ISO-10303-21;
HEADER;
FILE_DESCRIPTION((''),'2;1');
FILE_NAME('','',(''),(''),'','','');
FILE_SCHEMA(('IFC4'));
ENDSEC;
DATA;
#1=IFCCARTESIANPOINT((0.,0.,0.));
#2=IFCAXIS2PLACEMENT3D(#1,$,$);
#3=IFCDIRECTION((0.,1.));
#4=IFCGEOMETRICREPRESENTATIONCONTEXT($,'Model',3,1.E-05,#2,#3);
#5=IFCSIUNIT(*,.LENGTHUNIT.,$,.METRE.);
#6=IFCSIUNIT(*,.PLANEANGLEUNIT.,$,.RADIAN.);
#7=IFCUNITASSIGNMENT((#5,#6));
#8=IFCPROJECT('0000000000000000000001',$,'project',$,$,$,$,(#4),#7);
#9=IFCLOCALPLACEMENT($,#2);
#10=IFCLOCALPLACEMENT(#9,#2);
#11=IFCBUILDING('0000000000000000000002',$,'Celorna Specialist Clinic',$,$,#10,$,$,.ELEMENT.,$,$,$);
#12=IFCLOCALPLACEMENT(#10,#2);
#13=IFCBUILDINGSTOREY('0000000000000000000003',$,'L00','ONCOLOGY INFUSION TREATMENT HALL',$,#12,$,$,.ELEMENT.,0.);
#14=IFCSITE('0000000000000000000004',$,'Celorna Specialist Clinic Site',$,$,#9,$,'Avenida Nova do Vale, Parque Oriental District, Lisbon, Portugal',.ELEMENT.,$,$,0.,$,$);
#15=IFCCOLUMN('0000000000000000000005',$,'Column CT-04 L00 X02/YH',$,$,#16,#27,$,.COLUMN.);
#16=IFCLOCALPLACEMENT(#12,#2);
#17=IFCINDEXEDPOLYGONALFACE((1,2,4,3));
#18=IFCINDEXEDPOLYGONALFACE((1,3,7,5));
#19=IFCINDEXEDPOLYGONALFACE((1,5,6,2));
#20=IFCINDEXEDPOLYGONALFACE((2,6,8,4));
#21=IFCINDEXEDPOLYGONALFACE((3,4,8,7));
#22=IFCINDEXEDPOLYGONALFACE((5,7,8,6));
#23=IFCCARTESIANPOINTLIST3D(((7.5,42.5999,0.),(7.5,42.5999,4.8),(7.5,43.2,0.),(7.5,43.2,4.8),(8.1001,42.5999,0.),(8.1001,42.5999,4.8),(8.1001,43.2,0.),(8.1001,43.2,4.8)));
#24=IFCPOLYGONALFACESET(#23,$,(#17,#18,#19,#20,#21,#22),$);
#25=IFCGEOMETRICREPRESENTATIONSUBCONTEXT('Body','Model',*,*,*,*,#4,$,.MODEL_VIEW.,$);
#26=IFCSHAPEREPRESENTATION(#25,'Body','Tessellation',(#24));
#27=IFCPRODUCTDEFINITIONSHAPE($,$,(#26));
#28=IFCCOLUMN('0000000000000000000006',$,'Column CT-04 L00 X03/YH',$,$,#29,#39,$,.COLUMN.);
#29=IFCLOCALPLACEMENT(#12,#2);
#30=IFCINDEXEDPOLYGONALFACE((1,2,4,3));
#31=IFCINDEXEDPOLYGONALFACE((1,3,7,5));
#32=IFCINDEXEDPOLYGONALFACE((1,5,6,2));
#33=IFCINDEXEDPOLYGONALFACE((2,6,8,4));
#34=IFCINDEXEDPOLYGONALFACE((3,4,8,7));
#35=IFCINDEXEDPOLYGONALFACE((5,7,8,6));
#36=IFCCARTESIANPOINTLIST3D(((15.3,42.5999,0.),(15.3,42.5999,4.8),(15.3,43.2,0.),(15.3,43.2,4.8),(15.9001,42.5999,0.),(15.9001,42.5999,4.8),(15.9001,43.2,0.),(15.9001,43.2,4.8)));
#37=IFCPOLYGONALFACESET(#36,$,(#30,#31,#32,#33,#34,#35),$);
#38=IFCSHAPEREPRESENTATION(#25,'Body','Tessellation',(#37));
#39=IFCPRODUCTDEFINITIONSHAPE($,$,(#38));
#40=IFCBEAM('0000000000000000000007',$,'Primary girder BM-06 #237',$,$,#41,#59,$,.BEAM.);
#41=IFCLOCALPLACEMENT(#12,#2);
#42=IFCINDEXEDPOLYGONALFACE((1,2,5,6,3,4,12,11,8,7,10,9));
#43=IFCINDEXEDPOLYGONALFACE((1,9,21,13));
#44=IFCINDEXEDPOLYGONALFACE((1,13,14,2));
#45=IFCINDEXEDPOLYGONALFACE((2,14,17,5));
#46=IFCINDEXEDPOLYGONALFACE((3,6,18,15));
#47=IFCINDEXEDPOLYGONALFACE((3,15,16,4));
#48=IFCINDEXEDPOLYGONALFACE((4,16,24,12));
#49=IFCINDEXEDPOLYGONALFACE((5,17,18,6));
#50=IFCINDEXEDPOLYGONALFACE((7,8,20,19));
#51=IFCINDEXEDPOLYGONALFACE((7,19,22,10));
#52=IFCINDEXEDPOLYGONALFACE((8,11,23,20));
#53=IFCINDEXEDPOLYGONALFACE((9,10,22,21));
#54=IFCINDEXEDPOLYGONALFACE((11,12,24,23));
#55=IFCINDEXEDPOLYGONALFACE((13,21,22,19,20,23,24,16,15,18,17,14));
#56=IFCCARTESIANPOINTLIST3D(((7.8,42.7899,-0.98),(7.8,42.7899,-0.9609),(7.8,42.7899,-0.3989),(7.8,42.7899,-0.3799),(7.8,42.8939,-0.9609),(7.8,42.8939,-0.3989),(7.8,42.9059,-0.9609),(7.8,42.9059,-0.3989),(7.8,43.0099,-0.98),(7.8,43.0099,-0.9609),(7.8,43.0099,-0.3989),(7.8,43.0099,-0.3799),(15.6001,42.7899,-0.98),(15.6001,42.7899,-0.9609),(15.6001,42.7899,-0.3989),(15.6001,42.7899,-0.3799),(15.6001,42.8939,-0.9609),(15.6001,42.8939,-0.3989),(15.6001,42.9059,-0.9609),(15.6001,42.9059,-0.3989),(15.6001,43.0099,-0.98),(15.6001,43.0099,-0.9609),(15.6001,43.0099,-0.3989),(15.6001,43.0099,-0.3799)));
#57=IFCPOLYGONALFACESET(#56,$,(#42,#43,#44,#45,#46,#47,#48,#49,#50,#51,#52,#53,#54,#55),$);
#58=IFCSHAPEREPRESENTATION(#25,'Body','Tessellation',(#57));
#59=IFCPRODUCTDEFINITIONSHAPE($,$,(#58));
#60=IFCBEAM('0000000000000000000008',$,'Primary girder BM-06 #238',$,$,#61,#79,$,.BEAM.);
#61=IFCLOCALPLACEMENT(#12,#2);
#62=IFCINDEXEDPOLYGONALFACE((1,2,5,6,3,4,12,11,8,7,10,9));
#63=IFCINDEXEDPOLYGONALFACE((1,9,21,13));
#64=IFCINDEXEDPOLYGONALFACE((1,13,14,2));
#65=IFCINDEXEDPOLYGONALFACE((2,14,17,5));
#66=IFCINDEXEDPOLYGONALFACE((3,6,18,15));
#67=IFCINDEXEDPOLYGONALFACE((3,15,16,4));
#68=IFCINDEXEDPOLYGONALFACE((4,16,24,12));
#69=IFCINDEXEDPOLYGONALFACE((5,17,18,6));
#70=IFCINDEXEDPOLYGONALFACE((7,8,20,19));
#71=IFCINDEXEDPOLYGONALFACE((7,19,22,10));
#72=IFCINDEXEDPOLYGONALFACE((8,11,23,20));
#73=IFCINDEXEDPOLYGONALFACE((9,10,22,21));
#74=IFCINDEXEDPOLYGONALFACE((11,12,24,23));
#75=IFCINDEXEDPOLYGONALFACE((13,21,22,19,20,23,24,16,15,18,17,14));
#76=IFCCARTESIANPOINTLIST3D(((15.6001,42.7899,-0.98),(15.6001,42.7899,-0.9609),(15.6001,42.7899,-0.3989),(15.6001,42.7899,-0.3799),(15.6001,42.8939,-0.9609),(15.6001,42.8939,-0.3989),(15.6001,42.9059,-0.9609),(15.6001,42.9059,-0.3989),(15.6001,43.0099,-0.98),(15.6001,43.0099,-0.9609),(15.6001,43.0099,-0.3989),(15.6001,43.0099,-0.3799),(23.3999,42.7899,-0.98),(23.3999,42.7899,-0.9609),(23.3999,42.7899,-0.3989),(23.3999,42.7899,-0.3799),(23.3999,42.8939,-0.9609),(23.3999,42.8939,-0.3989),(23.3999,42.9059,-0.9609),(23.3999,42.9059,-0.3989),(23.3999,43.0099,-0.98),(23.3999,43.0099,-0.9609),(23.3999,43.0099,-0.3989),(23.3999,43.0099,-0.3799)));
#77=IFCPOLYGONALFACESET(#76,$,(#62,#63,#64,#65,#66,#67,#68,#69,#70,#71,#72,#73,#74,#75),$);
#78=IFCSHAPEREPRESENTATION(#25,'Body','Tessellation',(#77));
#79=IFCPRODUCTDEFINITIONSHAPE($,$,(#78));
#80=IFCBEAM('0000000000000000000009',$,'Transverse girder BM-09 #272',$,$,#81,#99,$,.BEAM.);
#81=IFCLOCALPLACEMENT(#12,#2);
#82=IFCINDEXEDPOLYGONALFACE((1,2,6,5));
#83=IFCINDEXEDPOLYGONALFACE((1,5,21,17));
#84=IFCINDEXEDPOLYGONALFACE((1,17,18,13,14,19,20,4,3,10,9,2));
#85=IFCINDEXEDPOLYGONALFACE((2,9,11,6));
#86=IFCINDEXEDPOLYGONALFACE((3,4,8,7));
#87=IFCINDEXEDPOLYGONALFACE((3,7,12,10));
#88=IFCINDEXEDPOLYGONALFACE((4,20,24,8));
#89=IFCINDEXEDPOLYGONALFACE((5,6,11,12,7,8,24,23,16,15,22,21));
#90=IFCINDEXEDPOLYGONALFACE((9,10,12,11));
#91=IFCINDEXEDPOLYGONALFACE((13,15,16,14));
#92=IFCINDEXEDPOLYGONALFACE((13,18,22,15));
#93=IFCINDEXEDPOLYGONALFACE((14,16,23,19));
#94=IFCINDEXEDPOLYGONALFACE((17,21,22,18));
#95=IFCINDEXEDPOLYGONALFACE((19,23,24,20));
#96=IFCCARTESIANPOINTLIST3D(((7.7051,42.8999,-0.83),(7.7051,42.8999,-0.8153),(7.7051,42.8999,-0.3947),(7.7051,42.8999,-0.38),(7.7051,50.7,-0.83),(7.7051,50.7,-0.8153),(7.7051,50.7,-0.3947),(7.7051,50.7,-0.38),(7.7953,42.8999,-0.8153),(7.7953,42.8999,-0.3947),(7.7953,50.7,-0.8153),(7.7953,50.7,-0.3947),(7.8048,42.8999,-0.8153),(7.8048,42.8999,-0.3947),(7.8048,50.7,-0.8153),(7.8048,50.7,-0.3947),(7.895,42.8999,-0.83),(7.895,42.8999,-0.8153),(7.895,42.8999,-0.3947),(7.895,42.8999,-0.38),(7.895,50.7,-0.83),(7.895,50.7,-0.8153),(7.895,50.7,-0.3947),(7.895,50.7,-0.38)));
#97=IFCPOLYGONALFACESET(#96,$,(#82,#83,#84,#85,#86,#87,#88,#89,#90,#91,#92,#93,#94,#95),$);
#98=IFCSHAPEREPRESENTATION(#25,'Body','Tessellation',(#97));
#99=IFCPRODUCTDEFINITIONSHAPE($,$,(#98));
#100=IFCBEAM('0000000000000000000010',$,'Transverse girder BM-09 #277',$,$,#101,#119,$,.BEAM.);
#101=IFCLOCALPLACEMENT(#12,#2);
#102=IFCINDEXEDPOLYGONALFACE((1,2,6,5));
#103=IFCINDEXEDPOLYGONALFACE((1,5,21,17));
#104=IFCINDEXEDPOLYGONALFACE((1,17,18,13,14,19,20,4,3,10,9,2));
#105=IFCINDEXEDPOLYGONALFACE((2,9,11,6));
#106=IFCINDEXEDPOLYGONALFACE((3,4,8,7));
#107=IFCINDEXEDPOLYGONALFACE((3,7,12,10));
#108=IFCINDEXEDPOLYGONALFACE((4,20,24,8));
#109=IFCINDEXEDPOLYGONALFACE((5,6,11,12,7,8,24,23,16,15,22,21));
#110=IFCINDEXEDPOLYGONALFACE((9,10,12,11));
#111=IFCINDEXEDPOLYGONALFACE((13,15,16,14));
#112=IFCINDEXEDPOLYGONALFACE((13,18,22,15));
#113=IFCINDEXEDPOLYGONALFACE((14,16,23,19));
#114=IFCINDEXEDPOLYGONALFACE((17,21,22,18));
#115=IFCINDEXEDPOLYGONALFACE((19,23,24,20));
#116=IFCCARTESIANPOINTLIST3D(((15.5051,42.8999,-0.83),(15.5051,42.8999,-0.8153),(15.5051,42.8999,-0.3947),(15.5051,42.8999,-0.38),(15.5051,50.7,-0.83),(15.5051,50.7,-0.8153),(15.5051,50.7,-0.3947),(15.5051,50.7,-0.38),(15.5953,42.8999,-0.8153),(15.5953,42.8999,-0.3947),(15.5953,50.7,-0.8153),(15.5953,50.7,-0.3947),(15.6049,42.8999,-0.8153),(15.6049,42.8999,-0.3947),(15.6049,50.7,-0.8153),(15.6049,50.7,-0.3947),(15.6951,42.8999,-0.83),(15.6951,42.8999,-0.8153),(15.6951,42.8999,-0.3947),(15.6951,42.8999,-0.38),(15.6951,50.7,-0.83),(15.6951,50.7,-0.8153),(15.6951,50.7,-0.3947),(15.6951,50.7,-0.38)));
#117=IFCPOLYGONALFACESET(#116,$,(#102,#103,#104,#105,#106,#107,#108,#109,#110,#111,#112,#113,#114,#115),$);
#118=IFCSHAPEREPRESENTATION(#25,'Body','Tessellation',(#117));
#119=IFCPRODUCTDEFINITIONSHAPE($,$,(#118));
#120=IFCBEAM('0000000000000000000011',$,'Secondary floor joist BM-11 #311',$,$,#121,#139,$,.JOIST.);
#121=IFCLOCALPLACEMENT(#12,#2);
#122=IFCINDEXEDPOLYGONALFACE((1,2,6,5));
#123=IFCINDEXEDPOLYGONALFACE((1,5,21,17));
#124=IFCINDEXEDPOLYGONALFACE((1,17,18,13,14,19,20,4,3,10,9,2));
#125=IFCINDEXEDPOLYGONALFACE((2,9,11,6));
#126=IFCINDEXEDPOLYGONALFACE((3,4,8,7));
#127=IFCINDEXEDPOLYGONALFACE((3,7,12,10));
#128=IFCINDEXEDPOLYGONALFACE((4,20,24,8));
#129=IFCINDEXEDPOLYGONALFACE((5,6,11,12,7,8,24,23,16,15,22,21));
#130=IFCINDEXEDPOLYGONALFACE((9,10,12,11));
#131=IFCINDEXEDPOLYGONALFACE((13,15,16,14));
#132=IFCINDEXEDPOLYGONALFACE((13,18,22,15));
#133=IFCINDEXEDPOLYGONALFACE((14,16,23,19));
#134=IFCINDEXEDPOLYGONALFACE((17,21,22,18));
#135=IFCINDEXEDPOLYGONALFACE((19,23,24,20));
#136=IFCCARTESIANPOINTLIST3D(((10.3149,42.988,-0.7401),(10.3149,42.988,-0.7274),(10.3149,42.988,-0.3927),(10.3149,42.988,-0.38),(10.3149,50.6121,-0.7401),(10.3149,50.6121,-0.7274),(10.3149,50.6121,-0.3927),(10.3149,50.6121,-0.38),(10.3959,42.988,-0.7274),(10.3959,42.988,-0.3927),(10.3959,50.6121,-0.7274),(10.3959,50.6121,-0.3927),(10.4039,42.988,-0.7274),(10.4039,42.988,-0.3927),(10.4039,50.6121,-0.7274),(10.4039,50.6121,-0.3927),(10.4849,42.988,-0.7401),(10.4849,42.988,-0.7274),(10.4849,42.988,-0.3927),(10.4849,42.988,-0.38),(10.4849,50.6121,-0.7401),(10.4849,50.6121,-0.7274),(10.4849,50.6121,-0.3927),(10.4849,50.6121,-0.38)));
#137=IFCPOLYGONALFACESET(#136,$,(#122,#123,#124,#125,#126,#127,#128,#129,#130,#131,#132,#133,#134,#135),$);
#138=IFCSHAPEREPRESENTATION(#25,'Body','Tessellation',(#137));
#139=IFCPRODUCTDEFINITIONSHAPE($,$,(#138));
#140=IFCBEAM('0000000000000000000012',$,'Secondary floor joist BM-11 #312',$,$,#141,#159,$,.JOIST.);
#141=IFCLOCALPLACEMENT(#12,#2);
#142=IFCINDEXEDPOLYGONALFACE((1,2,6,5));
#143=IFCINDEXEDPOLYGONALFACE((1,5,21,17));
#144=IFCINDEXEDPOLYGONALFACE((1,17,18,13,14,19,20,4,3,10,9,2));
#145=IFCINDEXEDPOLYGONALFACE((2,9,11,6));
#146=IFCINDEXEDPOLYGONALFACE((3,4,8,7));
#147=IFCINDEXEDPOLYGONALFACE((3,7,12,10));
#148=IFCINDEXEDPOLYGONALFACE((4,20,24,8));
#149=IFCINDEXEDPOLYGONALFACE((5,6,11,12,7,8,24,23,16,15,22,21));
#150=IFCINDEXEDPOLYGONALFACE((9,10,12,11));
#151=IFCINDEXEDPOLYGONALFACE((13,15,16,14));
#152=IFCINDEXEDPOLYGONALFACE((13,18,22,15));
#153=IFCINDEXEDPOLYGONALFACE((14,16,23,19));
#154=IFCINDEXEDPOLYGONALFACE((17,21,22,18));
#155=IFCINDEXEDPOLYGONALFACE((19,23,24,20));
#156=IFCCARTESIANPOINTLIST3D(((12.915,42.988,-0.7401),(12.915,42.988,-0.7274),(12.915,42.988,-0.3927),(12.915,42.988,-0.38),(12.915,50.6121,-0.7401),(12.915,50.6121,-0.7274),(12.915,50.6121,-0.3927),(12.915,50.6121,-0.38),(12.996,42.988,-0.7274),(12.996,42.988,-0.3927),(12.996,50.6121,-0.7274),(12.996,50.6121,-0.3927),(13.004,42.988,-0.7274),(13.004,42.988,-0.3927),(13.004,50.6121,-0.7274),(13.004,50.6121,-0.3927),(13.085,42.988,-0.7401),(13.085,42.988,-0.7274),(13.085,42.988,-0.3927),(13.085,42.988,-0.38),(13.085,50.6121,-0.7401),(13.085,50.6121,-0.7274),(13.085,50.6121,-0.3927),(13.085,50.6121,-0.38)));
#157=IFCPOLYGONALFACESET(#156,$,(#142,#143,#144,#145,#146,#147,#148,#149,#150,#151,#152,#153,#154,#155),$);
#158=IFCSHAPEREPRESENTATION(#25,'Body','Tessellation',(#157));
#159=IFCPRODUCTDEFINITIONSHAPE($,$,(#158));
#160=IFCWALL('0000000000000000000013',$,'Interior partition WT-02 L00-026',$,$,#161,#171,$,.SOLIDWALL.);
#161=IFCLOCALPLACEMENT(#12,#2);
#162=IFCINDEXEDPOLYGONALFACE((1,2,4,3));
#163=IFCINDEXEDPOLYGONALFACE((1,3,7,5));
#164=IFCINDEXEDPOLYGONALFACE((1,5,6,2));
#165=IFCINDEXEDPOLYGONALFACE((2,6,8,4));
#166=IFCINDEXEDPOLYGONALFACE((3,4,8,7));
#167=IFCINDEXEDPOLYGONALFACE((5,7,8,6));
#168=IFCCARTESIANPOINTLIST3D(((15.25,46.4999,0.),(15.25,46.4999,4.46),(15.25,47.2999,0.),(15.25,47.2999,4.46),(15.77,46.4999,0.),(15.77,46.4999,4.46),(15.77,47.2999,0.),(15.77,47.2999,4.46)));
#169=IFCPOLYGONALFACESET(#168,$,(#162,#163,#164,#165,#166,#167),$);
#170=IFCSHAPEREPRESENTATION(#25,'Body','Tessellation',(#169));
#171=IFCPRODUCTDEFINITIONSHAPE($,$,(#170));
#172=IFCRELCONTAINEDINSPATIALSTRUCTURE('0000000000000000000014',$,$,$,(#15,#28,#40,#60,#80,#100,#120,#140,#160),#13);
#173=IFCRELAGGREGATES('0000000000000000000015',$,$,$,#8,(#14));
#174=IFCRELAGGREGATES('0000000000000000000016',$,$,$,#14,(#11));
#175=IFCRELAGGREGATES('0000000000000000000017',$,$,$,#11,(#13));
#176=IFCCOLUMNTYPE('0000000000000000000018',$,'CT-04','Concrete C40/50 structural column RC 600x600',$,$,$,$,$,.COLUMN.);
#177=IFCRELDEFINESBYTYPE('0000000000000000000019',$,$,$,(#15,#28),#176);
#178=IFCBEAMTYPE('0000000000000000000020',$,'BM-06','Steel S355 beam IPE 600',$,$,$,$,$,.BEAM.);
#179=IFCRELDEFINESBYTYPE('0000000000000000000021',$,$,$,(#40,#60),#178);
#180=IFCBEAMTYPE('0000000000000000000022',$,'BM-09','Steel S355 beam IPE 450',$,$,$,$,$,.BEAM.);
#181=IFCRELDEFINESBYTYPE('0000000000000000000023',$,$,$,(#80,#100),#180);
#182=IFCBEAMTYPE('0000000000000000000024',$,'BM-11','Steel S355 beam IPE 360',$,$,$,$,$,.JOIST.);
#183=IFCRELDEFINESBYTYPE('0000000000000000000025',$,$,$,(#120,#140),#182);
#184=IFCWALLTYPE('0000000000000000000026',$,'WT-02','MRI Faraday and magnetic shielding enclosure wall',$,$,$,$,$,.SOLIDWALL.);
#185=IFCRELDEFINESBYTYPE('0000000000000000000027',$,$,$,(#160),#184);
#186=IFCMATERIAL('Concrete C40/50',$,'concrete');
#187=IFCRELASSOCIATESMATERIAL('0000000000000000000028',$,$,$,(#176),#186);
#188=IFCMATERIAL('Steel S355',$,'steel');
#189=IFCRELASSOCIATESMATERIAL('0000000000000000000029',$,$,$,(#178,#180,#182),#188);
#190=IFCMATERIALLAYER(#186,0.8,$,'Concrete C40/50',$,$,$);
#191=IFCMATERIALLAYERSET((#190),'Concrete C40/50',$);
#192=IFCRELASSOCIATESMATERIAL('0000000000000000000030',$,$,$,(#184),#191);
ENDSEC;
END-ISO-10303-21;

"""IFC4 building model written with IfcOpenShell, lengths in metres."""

from ifc_helpers import new_model, si_unit, direction, frame, frame_2d, origin, origin_2d, place, context, subcontext, project, spatial, rectangle, i_section, extrude, material, layer, layer_set, material_profile, profile_set, type_object, element, save


model = new_model("IFC4")

# Units and contexts
model_context = context("Model", 3, precision=1e-05, world=origin(), true_north=direction((0.0, 1.0)))
body_context = subcontext(model_context, "Body", "Model", "MODEL_VIEW")
ifc_project = project(units=[si_unit("LENGTHUNIT", "METRE"), si_unit("PLANEANGLEUNIT", "RADIAN")], contexts=[model_context])

# Site, building, storey
site_placement = place(None, origin())
site = spatial("IfcSite", under=ifc_project, at=site_placement, Name="Celorna Specialist Clinic Site", LongName="Avenida Nova do Vale, Parque Oriental District, Lisbon, Portugal", CompositionType="ELEMENT", RefElevation=0.0)
building_placement = place(site_placement, origin())
building = spatial("IfcBuilding", under=site, at=building_placement, Name="Celorna Specialist Clinic", CompositionType="ELEMENT")
storey_placement = place(building_placement, origin())
storey = spatial("IfcBuildingStorey", under=building, at=storey_placement, Name="L00", Description="ONCOLOGY INFUSION TREATMENT HALL", CompositionType="ELEMENT", Elevation=0.0)

# Columns
ifc_material_1 = material(Name="Concrete C40/50", Category="concrete")
ifc_material_profile_1 = material_profile(ifc_material_1, rectangle(XDim=0.6001, YDim=0.6001, at=origin_2d()), Name="RC 600x600")
ifc_profile_set_1 = profile_set([ifc_material_profile_1], Name="Concrete C40/50")
column_type = type_object("IfcColumnType", Name="CT-04", Description="Concrete C40/50 structural column RC 600x600", PredefinedType="COLUMN", material=ifc_profile_set_1)
for number, where, z_axis, x_axis, name in (
    (1, (7.8, 42.8999, 0.0), (0.0, 0.0, 1.0), (1.0, 0.0, 0.0), "Column CT-04 L00 X02/YH"),
    (2, (15.6001, 42.8999, 0.0), (0.0, 0.0, 1.0), (1.0, 0.0, 0.0), "Column CT-04 L00 X03/YH"),
):
    element("IfcColumn", number, at=place(storey_placement, frame(where, z_axis=z_axis, x_axis=x_axis)), inside=storey, type_object=column_type, Name=name, PredefinedType="COLUMN", context=body_context, shape_type="SweptSolid", body=[
        extrude(rectangle(XDim=0.6001, YDim=0.6001, at=origin_2d()), origin(), (0.0, 0.0, 1.0), 4.8),
    ])

# Beams
ifc_material_2 = material(Name="Steel S355", Category="steel")
ifc_material_profile_2 = material_profile(ifc_material_2, i_section(OverallWidth=0.22, OverallDepth=0.6001, WebThickness=0.012, FlangeThickness=0.019, at=origin_2d()), Name="IPE 600")
ifc_profile_set_2 = profile_set([ifc_material_profile_2], Name="Steel S355")
beam_type_1 = type_object("IfcBeamType", Name="BM-06", Description="Steel S355 beam IPE 600", PredefinedType="BEAM", material=ifc_profile_set_2)
beam_1_placement = place(storey_placement, frame((7.8, 42.8999, -0.6799), z_axis=(1.0, 0.0, 0.0), x_axis=(0.0, 1.0, 0.0)))
element("IfcBeam", 3, at=beam_1_placement, inside=storey, type_object=beam_type_1, Name="Primary girder BM-06 #237", PredefinedType="BEAM", context=body_context, shape_type="SweptSolid", body=[
    extrude(i_section(OverallWidth=0.22, OverallDepth=0.6001, WebThickness=0.012, FlangeThickness=0.019, at=origin_2d()), origin(), (0.0, 0.0, 1.0), 7.8),
])
beam_2_placement = place(storey_placement, frame((15.6001, 42.8999, -0.6799), z_axis=(1.0, 0.0, 0.0), x_axis=(0.0, 1.0, 0.0)))
element("IfcBeam", 4, at=beam_2_placement, inside=storey, type_object=beam_type_1, Name="Primary girder BM-06 #238", PredefinedType="BEAM", context=body_context, shape_type="SweptSolid", body=[
    extrude(i_section(OverallWidth=0.22, OverallDepth=0.6001, WebThickness=0.012, FlangeThickness=0.019, at=origin_2d()), origin(), (0.0, 0.0, 1.0), 7.7998),
])
ifc_material_profile_3 = material_profile(ifc_material_2, i_section(OverallWidth=0.1899, OverallDepth=0.45, WebThickness=0.0095, FlangeThickness=0.0146, at=origin_2d()), Name="IPE 450")
ifc_profile_set_3 = profile_set([ifc_material_profile_3], Name="Steel S355")
beam_type_2 = type_object("IfcBeamType", Name="BM-09", Description="Steel S355 beam IPE 450", PredefinedType="BEAM", material=ifc_profile_set_3)
for number, where, z_axis, x_axis, name in (
    (5, (7.8, 42.8999, -0.605), (0.0, 1.0, 0.0), (-1.0, 0.0, 0.0), "Transverse girder BM-09 #272"),
    (6, (15.6001, 42.8999, -0.605), (0.0, 1.0, 0.0), (-1.0, 0.0, 0.0), "Transverse girder BM-09 #277"),
):
    element("IfcBeam", number, at=place(storey_placement, frame(where, z_axis=z_axis, x_axis=x_axis)), inside=storey, type_object=beam_type_2, Name=name, PredefinedType="BEAM", context=body_context, shape_type="SweptSolid", body=[
        extrude(i_section(OverallWidth=0.1899, OverallDepth=0.45, WebThickness=0.0095, FlangeThickness=0.0146, at=origin_2d()), origin(), (0.0, 0.0, 1.0), 7.8),
    ])
ifc_material_profile_4 = material_profile(ifc_material_2, i_section(OverallWidth=0.1699, OverallDepth=0.3601, WebThickness=0.0081, FlangeThickness=0.0127, at=origin_2d()), Name="IPE 360")
ifc_profile_set_4 = profile_set([ifc_material_profile_4], Name="Steel S355")
beam_type_3 = type_object("IfcBeamType", Name="BM-11", Description="Steel S355 beam IPE 360", PredefinedType="JOIST", material=ifc_profile_set_4)
for number, where, z_axis, x_axis, name in (
    (7, (10.3999, 42.988, -0.5601), (0.0, 1.0, 0.0), (-1.0, 0.0, 0.0), "Secondary floor joist BM-11 #311"),
    (8, (13.0, 42.988, -0.5601), (0.0, 1.0, 0.0), (-1.0, 0.0, 0.0), "Secondary floor joist BM-11 #312"),
):
    element("IfcBeam", number, at=place(storey_placement, frame(where, z_axis=z_axis, x_axis=x_axis)), inside=storey, type_object=beam_type_3, Name=name, PredefinedType="JOIST", context=body_context, shape_type="SweptSolid", body=[
        extrude(i_section(OverallWidth=0.1699, OverallDepth=0.3601, WebThickness=0.0081, FlangeThickness=0.0127, at=origin_2d()), origin(), (0.0, 0.0, 1.0), 7.624),
    ])

# Wall
ifc_layer_1 = layer(ifc_material_1, 0.8, Name="Concrete C40/50")
ifc_layer_set_1 = layer_set([ifc_layer_1], Name="Concrete C40/50")
wall_type_1 = type_object("IfcWallType", Name="WT-02", Description="MRI Faraday and magnetic shielding enclosure wall", PredefinedType="SOLIDWALL", material=ifc_layer_set_1)
wall_1_placement = place(storey_placement, frame((15.77, 46.8999, 0.0), z_axis=(0.0, 0.0, 1.0), x_axis=(-1.0, 0.0, 0.0)))
element("IfcWall", 9, at=wall_1_placement, inside=storey, type_object=wall_type_1, Name="Interior partition WT-02 L00-026", PredefinedType="SOLIDWALL", context=body_context, shape_type="SweptSolid", body=[
    extrude(rectangle(XDim=0.52, YDim=0.8, at=frame_2d((0.26, 0.0))), origin(), (0.0, 0.0, 1.0), 4.46),
])

save(model, "model.ifc")
